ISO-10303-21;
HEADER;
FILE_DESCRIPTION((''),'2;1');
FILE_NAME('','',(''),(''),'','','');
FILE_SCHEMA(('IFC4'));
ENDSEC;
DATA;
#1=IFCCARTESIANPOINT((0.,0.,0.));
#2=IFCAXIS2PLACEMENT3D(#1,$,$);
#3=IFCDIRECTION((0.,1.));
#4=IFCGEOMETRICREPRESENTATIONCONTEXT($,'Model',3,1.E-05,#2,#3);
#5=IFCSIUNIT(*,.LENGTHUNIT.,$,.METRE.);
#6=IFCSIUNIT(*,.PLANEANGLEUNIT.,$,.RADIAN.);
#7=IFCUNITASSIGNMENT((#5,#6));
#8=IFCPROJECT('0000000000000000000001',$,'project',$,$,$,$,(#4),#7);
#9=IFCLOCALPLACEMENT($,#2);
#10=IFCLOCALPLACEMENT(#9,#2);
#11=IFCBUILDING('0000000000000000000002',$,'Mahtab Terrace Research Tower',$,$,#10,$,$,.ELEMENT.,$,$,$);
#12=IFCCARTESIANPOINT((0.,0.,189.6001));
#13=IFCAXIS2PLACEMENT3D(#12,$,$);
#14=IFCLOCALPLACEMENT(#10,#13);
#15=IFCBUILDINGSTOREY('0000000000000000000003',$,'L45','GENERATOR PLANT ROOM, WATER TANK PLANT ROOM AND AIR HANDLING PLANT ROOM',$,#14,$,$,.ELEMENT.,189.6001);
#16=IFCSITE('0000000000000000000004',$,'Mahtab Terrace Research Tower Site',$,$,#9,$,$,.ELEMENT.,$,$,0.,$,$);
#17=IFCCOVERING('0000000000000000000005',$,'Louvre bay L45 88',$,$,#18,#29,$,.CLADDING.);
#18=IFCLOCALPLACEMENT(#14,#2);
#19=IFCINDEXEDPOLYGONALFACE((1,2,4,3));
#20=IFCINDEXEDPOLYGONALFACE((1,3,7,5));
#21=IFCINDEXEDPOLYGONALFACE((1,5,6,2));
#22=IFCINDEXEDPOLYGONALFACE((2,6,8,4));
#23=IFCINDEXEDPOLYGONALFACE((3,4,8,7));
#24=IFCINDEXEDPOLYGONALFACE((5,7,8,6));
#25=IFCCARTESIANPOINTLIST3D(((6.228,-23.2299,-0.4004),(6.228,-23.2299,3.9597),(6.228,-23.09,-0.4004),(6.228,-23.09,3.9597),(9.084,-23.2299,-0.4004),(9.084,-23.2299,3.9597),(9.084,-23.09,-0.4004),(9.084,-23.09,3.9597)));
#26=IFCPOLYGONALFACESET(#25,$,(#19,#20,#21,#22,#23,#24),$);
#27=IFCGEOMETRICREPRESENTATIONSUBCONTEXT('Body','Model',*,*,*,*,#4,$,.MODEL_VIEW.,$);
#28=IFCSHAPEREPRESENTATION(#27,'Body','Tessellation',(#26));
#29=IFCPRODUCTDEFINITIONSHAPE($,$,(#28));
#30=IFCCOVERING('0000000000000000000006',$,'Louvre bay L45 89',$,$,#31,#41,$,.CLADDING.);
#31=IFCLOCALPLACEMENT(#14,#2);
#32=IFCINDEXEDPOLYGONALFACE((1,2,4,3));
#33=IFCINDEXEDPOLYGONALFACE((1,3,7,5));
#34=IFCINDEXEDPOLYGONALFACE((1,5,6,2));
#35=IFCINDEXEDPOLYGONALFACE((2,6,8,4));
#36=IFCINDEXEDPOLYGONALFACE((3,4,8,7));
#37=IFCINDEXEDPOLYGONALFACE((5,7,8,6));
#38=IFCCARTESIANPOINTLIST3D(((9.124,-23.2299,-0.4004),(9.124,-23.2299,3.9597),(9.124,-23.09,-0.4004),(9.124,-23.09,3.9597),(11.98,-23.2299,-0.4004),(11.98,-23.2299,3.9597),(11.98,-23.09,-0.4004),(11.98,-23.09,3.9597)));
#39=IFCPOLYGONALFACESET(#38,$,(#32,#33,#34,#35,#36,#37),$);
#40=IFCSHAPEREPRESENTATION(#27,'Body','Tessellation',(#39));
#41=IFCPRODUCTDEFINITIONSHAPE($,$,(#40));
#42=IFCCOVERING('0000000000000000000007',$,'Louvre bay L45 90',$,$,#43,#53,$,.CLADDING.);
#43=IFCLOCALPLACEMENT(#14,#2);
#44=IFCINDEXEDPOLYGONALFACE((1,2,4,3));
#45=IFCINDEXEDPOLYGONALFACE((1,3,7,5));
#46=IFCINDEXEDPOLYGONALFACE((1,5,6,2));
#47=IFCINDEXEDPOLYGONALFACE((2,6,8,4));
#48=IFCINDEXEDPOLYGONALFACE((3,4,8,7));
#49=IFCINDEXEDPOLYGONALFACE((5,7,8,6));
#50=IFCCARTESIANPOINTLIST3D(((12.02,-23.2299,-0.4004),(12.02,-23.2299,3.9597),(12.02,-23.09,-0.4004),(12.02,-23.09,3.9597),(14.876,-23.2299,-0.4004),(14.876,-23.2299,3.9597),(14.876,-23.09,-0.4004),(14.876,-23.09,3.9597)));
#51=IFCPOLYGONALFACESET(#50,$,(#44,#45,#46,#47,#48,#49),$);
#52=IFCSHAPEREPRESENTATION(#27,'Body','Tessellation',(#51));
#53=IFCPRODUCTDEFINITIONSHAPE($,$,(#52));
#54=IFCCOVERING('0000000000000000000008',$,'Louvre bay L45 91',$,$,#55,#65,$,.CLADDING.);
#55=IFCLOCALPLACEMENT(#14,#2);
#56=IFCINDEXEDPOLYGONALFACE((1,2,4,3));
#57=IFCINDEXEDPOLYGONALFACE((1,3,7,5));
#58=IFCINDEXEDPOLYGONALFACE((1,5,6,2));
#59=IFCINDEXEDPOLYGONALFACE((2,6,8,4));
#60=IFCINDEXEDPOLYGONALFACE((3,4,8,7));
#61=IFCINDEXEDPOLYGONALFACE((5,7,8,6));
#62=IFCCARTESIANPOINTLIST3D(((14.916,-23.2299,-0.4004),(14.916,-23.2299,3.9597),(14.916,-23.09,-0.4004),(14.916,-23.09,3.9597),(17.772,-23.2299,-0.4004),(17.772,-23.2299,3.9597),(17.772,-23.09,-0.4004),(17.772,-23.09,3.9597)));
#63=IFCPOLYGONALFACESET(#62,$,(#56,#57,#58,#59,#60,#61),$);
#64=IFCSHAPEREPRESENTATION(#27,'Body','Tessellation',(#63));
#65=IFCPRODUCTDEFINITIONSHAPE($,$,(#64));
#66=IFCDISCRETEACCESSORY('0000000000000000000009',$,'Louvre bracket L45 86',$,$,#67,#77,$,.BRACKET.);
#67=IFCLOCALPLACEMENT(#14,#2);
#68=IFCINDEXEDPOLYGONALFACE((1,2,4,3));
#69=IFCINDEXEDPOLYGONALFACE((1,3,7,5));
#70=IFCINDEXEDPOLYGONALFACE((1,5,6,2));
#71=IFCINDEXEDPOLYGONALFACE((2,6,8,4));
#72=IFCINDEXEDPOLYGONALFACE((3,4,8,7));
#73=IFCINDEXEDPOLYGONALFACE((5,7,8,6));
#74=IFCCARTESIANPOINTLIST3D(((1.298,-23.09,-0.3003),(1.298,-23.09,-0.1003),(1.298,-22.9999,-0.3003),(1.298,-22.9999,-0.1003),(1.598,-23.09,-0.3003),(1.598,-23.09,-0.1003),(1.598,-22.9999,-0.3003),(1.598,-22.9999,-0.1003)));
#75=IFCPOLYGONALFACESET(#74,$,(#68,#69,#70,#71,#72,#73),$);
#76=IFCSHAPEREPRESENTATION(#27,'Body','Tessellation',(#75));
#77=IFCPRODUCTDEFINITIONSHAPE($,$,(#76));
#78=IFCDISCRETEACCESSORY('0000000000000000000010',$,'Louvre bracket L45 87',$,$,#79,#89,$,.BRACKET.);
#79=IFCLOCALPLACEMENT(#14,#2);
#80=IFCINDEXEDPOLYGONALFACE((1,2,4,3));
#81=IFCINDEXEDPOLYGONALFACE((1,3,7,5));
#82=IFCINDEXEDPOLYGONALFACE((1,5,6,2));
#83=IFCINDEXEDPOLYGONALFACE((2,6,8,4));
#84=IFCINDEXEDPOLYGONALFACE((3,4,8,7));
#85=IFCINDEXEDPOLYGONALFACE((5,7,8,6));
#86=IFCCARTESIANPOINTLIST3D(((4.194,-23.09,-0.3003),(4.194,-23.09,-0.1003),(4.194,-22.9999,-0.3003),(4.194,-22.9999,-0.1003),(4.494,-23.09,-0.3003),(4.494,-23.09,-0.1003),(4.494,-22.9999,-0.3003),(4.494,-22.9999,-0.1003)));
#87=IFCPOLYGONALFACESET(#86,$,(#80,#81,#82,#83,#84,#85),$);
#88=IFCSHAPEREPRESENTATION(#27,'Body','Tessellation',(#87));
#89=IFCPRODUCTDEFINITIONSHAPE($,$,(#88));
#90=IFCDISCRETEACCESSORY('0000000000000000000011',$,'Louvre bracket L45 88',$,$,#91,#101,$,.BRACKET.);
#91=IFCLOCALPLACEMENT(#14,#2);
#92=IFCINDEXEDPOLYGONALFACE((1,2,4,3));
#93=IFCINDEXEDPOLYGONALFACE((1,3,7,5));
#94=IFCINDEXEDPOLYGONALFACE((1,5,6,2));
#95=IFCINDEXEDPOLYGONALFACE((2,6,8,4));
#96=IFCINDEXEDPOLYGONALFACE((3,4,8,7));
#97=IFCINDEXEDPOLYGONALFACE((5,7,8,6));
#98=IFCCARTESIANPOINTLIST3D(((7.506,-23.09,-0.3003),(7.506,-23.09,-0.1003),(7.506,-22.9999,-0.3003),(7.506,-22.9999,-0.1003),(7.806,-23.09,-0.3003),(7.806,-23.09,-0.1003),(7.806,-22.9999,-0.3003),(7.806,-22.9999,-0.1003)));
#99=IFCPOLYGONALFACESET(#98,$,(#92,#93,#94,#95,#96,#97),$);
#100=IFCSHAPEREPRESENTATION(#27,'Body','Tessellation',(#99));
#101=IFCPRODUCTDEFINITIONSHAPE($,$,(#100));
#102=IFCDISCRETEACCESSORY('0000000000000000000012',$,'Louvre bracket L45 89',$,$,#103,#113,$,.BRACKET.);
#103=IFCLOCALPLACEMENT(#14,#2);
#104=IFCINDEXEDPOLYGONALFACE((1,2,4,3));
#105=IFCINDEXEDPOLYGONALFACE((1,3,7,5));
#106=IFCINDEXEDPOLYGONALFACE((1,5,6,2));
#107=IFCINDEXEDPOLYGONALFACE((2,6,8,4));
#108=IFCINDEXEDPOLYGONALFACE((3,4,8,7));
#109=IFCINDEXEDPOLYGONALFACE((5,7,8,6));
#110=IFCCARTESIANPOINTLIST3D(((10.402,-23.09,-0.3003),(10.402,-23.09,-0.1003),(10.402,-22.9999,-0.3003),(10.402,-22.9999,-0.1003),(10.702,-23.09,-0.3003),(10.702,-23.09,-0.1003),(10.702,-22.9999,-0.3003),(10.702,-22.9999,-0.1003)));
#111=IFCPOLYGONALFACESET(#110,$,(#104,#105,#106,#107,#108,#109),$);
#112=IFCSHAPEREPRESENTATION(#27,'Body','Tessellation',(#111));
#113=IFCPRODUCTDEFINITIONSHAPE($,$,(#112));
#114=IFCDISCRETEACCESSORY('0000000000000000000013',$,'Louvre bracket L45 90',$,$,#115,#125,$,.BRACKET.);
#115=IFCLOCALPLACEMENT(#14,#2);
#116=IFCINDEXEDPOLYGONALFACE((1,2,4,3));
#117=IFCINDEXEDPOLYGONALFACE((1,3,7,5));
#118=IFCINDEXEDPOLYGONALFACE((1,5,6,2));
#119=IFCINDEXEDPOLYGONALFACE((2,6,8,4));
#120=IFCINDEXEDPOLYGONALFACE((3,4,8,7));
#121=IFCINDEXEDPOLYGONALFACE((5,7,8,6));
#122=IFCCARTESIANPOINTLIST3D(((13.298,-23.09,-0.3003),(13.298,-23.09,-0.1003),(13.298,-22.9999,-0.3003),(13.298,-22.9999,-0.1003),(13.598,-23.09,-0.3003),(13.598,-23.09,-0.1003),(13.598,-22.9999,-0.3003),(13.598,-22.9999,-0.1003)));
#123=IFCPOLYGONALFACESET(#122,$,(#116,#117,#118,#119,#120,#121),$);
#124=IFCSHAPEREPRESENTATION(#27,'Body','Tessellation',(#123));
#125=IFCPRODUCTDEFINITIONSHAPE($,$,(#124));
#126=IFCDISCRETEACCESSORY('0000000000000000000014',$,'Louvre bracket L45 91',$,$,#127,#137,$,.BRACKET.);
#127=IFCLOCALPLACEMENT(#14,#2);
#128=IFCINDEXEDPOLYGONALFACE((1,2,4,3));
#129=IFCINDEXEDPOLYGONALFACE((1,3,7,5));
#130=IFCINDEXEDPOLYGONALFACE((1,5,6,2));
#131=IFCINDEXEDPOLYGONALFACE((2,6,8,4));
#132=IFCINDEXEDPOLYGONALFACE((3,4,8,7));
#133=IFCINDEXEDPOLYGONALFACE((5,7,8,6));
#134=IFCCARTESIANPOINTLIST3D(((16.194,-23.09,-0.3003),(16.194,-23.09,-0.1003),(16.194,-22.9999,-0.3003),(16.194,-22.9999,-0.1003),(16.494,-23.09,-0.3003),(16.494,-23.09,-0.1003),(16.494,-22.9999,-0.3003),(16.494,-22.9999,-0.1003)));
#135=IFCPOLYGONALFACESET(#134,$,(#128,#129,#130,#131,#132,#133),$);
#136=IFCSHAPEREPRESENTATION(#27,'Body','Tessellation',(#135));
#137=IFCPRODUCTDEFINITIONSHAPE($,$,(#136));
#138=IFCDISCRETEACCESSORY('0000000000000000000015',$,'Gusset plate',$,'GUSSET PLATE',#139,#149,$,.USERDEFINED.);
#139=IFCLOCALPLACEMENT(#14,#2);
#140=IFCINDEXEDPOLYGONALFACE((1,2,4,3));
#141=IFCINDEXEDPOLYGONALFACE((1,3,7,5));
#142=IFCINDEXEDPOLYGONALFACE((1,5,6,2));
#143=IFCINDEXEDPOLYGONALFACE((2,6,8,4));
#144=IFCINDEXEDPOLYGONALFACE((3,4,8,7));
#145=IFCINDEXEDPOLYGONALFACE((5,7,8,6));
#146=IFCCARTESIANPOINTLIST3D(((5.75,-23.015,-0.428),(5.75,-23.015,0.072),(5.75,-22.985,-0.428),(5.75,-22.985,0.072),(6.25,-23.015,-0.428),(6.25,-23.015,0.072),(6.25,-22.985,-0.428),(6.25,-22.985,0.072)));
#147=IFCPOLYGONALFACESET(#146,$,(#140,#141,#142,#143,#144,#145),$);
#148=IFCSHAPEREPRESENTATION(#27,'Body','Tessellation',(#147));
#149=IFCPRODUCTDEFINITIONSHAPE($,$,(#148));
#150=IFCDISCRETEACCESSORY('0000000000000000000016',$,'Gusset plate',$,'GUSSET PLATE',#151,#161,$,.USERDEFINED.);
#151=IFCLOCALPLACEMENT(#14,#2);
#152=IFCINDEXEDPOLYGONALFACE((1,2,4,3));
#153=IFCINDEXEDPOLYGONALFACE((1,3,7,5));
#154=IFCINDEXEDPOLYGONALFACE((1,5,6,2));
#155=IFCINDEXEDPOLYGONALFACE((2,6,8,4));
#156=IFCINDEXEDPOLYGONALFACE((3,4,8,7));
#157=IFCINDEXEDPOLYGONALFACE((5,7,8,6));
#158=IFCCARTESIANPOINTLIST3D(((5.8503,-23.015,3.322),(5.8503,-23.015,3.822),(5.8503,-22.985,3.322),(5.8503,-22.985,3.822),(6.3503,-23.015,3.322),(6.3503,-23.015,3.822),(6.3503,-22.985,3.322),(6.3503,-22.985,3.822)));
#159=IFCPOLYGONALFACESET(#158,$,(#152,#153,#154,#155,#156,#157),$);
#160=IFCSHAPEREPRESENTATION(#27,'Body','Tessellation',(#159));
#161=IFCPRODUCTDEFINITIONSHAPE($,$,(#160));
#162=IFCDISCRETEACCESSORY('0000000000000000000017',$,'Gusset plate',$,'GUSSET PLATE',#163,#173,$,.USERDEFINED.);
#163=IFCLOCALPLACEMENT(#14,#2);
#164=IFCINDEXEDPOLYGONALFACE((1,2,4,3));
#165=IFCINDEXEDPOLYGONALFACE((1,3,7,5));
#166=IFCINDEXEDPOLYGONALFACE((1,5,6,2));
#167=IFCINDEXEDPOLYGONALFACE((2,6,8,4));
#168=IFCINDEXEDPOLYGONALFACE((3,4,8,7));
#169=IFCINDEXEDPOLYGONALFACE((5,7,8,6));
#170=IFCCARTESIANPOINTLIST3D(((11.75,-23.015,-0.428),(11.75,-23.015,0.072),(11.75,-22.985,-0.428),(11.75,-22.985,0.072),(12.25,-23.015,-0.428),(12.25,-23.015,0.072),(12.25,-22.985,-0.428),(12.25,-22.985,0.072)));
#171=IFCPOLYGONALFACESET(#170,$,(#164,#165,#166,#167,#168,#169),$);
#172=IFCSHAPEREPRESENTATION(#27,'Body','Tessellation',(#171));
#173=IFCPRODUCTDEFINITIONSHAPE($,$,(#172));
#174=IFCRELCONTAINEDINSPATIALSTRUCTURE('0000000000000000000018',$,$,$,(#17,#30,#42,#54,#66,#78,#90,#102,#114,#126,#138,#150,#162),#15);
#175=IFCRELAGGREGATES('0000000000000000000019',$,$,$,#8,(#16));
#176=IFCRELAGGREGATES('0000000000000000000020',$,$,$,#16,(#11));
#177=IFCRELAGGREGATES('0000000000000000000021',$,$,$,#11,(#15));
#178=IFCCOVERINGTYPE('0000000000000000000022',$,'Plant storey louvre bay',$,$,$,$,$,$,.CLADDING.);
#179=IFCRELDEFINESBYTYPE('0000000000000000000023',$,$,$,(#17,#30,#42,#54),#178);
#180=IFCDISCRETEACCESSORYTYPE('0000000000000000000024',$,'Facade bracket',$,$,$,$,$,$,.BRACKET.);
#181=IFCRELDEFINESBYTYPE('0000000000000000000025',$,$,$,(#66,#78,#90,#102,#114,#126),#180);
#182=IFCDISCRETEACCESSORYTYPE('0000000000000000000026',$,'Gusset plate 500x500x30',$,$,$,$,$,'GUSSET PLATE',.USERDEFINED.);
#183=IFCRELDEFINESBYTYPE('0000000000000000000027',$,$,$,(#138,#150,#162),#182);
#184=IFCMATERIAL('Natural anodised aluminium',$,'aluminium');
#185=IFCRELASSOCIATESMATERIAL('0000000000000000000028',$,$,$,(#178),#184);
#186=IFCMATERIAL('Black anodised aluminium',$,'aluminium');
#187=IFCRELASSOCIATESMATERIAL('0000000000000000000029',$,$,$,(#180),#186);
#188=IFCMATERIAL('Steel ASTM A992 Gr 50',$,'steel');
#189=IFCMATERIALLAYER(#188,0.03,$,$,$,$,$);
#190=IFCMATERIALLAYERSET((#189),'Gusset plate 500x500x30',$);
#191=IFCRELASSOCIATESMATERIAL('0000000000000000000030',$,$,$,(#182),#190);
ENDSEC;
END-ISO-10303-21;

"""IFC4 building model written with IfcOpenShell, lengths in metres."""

from ifc_helpers import new_model, si_unit, direction, frame, origin, origin_2d, place, context, subcontext, project, spatial, rectangle, extrude, material, layer, layer_set, type_object, element, save


model = new_model("IFC4")

# Units and contexts
model_context = context("Model", 3, precision=1e-05, world=origin(), true_north=direction((0.0, 1.0)))
body_context = subcontext(model_context, "Body", "Model", "MODEL_VIEW")
ifc_project = project(units=[si_unit("LENGTHUNIT", "METRE"), si_unit("PLANEANGLEUNIT", "RADIAN")], contexts=[model_context])

# Site, building, storey
site_placement = place(None, origin())
site = spatial("IfcSite", under=ifc_project, at=site_placement, Name="Mahtab Terrace Research Tower Site", CompositionType="ELEMENT", RefElevation=0.0)
building_placement = place(site_placement, origin())
building = spatial("IfcBuilding", under=site, at=building_placement, Name="Mahtab Terrace Research Tower", CompositionType="ELEMENT")
storey_placement = place(building_placement, frame((0.0, 0.0, 189.6001)))
storey = spatial("IfcBuildingStorey", under=building, at=storey_placement, Name="L45", Description="GENERATOR PLANT ROOM, WATER TANK PLANT ROOM AND AIR HANDLING PLANT ROOM", CompositionType="ELEMENT", Elevation=189.6001)

# Shared definitions
ifc_material_1 = material(Name="Steel ASTM A992 Gr 50", Category="steel")

# Coverings
ifc_material_2 = material(Name="Natural anodised aluminium", Category="aluminium")
covering_type = type_object("IfcCoveringType", Name="Plant storey louvre bay", PredefinedType="CLADDING", material=ifc_material_2)
for number, where, z_axis, x_axis, name in (
    (1, (7.656, -23.1599, -0.4004), (0.0, 0.0, 1.0), (1.0, 0.0, 0.0), "Louvre bay L45 88"),
    (2, (10.552, -23.1599, -0.4004), (0.0, 0.0, 1.0), (1.0, 0.0, 0.0), "Louvre bay L45 89"),
    (3, (13.448, -23.1599, -0.4004), (0.0, 0.0, 1.0), (1.0, 0.0, 0.0), "Louvre bay L45 90"),
    (4, (16.344, -23.1599, -0.4004), (0.0, 0.0, 1.0), (1.0, 0.0, 0.0), "Louvre bay L45 91"),
):
    element("IfcCovering", number, at=place(storey_placement, frame(where, z_axis=z_axis, x_axis=x_axis)), inside=storey, type_object=covering_type, Name=name, PredefinedType="CLADDING", context=body_context, shape_type="SweptSolid", body=[
        extrude(rectangle(XDim=2.856, YDim=0.1399, at=origin_2d()), origin(), (0.0, 0.0, 1.0), 4.3601),
    ])

# Discrete accessories
ifc_material_3 = material(Name="Black anodised aluminium", Category="aluminium")
discrete_accessory_type_1 = type_object("IfcDiscreteAccessoryType", Name="Facade bracket", PredefinedType="BRACKET", material=ifc_material_3)
for number, where, z_axis, x_axis, name in (
    (5, (1.448, -23.0449, -0.3003), (0.0, 0.0, 1.0), (1.0, 0.0, 0.0), "Louvre bracket L45 86"),
    (6, (4.344, -23.0449, -0.3003), (0.0, 0.0, 1.0), (1.0, 0.0, 0.0), "Louvre bracket L45 87"),
    (7, (7.656, -23.0449, -0.3003), (0.0, 0.0, 1.0), (1.0, 0.0, 0.0), "Louvre bracket L45 88"),
    (8, (10.552, -23.0449, -0.3003), (0.0, 0.0, 1.0), (1.0, 0.0, 0.0), "Louvre bracket L45 89"),
    (9, (13.448, -23.0449, -0.3003), (0.0, 0.0, 1.0), (1.0, 0.0, 0.0), "Louvre bracket L45 90"),
    (10, (16.344, -23.0449, -0.3003), (0.0, 0.0, 1.0), (1.0, 0.0, 0.0), "Louvre bracket L45 91"),
):
    element("IfcDiscreteAccessory", number, at=place(storey_placement, frame(where, z_axis=z_axis, x_axis=x_axis)), inside=storey, type_object=discrete_accessory_type_1, Name=name, PredefinedType="BRACKET", context=body_context, shape_type="SweptSolid", body=[
        extrude(rectangle(XDim=0.3, YDim=0.0901, at=origin_2d()), origin(), (0.0, 0.0, 1.0), 0.2),
    ])
ifc_layer_1 = layer(ifc_material_1, 0.03)
ifc_layer_set_1 = layer_set([ifc_layer_1], Name="Gusset plate 500x500x30")
discrete_accessory_type_2 = type_object("IfcDiscreteAccessoryType", Name="Gusset plate 500x500x30", ElementType="GUSSET PLATE", PredefinedType="USERDEFINED", material=ifc_layer_set_1)
for number, where, z_axis, x_axis, name in (
    (11, (6.0, -23.0, -0.428), (0.0, 0.0, 1.0), (1.0, 0.0, 0.0), "Gusset plate"),
    (12, (6.1003, -23.0, 3.322), (0.0, 0.0, 1.0), (1.0, 0.0, 0.0), "Gusset plate"),
    (13, (12.0, -23.0, -0.428), (0.0, 0.0, 1.0), (1.0, 0.0, 0.0), "Gusset plate"),
):
    element("IfcDiscreteAccessory", number, at=place(storey_placement, frame(where, z_axis=z_axis, x_axis=x_axis)), inside=storey, type_object=discrete_accessory_type_2, Name=name, ObjectType="GUSSET PLATE", PredefinedType="USERDEFINED", context=body_context, shape_type="SweptSolid", body=[
        extrude(rectangle(XDim=0.5, YDim=0.03, at=origin_2d()), origin(), (0.0, 0.0, 1.0), 0.5),
    ])

save(model, "model.ifc")
